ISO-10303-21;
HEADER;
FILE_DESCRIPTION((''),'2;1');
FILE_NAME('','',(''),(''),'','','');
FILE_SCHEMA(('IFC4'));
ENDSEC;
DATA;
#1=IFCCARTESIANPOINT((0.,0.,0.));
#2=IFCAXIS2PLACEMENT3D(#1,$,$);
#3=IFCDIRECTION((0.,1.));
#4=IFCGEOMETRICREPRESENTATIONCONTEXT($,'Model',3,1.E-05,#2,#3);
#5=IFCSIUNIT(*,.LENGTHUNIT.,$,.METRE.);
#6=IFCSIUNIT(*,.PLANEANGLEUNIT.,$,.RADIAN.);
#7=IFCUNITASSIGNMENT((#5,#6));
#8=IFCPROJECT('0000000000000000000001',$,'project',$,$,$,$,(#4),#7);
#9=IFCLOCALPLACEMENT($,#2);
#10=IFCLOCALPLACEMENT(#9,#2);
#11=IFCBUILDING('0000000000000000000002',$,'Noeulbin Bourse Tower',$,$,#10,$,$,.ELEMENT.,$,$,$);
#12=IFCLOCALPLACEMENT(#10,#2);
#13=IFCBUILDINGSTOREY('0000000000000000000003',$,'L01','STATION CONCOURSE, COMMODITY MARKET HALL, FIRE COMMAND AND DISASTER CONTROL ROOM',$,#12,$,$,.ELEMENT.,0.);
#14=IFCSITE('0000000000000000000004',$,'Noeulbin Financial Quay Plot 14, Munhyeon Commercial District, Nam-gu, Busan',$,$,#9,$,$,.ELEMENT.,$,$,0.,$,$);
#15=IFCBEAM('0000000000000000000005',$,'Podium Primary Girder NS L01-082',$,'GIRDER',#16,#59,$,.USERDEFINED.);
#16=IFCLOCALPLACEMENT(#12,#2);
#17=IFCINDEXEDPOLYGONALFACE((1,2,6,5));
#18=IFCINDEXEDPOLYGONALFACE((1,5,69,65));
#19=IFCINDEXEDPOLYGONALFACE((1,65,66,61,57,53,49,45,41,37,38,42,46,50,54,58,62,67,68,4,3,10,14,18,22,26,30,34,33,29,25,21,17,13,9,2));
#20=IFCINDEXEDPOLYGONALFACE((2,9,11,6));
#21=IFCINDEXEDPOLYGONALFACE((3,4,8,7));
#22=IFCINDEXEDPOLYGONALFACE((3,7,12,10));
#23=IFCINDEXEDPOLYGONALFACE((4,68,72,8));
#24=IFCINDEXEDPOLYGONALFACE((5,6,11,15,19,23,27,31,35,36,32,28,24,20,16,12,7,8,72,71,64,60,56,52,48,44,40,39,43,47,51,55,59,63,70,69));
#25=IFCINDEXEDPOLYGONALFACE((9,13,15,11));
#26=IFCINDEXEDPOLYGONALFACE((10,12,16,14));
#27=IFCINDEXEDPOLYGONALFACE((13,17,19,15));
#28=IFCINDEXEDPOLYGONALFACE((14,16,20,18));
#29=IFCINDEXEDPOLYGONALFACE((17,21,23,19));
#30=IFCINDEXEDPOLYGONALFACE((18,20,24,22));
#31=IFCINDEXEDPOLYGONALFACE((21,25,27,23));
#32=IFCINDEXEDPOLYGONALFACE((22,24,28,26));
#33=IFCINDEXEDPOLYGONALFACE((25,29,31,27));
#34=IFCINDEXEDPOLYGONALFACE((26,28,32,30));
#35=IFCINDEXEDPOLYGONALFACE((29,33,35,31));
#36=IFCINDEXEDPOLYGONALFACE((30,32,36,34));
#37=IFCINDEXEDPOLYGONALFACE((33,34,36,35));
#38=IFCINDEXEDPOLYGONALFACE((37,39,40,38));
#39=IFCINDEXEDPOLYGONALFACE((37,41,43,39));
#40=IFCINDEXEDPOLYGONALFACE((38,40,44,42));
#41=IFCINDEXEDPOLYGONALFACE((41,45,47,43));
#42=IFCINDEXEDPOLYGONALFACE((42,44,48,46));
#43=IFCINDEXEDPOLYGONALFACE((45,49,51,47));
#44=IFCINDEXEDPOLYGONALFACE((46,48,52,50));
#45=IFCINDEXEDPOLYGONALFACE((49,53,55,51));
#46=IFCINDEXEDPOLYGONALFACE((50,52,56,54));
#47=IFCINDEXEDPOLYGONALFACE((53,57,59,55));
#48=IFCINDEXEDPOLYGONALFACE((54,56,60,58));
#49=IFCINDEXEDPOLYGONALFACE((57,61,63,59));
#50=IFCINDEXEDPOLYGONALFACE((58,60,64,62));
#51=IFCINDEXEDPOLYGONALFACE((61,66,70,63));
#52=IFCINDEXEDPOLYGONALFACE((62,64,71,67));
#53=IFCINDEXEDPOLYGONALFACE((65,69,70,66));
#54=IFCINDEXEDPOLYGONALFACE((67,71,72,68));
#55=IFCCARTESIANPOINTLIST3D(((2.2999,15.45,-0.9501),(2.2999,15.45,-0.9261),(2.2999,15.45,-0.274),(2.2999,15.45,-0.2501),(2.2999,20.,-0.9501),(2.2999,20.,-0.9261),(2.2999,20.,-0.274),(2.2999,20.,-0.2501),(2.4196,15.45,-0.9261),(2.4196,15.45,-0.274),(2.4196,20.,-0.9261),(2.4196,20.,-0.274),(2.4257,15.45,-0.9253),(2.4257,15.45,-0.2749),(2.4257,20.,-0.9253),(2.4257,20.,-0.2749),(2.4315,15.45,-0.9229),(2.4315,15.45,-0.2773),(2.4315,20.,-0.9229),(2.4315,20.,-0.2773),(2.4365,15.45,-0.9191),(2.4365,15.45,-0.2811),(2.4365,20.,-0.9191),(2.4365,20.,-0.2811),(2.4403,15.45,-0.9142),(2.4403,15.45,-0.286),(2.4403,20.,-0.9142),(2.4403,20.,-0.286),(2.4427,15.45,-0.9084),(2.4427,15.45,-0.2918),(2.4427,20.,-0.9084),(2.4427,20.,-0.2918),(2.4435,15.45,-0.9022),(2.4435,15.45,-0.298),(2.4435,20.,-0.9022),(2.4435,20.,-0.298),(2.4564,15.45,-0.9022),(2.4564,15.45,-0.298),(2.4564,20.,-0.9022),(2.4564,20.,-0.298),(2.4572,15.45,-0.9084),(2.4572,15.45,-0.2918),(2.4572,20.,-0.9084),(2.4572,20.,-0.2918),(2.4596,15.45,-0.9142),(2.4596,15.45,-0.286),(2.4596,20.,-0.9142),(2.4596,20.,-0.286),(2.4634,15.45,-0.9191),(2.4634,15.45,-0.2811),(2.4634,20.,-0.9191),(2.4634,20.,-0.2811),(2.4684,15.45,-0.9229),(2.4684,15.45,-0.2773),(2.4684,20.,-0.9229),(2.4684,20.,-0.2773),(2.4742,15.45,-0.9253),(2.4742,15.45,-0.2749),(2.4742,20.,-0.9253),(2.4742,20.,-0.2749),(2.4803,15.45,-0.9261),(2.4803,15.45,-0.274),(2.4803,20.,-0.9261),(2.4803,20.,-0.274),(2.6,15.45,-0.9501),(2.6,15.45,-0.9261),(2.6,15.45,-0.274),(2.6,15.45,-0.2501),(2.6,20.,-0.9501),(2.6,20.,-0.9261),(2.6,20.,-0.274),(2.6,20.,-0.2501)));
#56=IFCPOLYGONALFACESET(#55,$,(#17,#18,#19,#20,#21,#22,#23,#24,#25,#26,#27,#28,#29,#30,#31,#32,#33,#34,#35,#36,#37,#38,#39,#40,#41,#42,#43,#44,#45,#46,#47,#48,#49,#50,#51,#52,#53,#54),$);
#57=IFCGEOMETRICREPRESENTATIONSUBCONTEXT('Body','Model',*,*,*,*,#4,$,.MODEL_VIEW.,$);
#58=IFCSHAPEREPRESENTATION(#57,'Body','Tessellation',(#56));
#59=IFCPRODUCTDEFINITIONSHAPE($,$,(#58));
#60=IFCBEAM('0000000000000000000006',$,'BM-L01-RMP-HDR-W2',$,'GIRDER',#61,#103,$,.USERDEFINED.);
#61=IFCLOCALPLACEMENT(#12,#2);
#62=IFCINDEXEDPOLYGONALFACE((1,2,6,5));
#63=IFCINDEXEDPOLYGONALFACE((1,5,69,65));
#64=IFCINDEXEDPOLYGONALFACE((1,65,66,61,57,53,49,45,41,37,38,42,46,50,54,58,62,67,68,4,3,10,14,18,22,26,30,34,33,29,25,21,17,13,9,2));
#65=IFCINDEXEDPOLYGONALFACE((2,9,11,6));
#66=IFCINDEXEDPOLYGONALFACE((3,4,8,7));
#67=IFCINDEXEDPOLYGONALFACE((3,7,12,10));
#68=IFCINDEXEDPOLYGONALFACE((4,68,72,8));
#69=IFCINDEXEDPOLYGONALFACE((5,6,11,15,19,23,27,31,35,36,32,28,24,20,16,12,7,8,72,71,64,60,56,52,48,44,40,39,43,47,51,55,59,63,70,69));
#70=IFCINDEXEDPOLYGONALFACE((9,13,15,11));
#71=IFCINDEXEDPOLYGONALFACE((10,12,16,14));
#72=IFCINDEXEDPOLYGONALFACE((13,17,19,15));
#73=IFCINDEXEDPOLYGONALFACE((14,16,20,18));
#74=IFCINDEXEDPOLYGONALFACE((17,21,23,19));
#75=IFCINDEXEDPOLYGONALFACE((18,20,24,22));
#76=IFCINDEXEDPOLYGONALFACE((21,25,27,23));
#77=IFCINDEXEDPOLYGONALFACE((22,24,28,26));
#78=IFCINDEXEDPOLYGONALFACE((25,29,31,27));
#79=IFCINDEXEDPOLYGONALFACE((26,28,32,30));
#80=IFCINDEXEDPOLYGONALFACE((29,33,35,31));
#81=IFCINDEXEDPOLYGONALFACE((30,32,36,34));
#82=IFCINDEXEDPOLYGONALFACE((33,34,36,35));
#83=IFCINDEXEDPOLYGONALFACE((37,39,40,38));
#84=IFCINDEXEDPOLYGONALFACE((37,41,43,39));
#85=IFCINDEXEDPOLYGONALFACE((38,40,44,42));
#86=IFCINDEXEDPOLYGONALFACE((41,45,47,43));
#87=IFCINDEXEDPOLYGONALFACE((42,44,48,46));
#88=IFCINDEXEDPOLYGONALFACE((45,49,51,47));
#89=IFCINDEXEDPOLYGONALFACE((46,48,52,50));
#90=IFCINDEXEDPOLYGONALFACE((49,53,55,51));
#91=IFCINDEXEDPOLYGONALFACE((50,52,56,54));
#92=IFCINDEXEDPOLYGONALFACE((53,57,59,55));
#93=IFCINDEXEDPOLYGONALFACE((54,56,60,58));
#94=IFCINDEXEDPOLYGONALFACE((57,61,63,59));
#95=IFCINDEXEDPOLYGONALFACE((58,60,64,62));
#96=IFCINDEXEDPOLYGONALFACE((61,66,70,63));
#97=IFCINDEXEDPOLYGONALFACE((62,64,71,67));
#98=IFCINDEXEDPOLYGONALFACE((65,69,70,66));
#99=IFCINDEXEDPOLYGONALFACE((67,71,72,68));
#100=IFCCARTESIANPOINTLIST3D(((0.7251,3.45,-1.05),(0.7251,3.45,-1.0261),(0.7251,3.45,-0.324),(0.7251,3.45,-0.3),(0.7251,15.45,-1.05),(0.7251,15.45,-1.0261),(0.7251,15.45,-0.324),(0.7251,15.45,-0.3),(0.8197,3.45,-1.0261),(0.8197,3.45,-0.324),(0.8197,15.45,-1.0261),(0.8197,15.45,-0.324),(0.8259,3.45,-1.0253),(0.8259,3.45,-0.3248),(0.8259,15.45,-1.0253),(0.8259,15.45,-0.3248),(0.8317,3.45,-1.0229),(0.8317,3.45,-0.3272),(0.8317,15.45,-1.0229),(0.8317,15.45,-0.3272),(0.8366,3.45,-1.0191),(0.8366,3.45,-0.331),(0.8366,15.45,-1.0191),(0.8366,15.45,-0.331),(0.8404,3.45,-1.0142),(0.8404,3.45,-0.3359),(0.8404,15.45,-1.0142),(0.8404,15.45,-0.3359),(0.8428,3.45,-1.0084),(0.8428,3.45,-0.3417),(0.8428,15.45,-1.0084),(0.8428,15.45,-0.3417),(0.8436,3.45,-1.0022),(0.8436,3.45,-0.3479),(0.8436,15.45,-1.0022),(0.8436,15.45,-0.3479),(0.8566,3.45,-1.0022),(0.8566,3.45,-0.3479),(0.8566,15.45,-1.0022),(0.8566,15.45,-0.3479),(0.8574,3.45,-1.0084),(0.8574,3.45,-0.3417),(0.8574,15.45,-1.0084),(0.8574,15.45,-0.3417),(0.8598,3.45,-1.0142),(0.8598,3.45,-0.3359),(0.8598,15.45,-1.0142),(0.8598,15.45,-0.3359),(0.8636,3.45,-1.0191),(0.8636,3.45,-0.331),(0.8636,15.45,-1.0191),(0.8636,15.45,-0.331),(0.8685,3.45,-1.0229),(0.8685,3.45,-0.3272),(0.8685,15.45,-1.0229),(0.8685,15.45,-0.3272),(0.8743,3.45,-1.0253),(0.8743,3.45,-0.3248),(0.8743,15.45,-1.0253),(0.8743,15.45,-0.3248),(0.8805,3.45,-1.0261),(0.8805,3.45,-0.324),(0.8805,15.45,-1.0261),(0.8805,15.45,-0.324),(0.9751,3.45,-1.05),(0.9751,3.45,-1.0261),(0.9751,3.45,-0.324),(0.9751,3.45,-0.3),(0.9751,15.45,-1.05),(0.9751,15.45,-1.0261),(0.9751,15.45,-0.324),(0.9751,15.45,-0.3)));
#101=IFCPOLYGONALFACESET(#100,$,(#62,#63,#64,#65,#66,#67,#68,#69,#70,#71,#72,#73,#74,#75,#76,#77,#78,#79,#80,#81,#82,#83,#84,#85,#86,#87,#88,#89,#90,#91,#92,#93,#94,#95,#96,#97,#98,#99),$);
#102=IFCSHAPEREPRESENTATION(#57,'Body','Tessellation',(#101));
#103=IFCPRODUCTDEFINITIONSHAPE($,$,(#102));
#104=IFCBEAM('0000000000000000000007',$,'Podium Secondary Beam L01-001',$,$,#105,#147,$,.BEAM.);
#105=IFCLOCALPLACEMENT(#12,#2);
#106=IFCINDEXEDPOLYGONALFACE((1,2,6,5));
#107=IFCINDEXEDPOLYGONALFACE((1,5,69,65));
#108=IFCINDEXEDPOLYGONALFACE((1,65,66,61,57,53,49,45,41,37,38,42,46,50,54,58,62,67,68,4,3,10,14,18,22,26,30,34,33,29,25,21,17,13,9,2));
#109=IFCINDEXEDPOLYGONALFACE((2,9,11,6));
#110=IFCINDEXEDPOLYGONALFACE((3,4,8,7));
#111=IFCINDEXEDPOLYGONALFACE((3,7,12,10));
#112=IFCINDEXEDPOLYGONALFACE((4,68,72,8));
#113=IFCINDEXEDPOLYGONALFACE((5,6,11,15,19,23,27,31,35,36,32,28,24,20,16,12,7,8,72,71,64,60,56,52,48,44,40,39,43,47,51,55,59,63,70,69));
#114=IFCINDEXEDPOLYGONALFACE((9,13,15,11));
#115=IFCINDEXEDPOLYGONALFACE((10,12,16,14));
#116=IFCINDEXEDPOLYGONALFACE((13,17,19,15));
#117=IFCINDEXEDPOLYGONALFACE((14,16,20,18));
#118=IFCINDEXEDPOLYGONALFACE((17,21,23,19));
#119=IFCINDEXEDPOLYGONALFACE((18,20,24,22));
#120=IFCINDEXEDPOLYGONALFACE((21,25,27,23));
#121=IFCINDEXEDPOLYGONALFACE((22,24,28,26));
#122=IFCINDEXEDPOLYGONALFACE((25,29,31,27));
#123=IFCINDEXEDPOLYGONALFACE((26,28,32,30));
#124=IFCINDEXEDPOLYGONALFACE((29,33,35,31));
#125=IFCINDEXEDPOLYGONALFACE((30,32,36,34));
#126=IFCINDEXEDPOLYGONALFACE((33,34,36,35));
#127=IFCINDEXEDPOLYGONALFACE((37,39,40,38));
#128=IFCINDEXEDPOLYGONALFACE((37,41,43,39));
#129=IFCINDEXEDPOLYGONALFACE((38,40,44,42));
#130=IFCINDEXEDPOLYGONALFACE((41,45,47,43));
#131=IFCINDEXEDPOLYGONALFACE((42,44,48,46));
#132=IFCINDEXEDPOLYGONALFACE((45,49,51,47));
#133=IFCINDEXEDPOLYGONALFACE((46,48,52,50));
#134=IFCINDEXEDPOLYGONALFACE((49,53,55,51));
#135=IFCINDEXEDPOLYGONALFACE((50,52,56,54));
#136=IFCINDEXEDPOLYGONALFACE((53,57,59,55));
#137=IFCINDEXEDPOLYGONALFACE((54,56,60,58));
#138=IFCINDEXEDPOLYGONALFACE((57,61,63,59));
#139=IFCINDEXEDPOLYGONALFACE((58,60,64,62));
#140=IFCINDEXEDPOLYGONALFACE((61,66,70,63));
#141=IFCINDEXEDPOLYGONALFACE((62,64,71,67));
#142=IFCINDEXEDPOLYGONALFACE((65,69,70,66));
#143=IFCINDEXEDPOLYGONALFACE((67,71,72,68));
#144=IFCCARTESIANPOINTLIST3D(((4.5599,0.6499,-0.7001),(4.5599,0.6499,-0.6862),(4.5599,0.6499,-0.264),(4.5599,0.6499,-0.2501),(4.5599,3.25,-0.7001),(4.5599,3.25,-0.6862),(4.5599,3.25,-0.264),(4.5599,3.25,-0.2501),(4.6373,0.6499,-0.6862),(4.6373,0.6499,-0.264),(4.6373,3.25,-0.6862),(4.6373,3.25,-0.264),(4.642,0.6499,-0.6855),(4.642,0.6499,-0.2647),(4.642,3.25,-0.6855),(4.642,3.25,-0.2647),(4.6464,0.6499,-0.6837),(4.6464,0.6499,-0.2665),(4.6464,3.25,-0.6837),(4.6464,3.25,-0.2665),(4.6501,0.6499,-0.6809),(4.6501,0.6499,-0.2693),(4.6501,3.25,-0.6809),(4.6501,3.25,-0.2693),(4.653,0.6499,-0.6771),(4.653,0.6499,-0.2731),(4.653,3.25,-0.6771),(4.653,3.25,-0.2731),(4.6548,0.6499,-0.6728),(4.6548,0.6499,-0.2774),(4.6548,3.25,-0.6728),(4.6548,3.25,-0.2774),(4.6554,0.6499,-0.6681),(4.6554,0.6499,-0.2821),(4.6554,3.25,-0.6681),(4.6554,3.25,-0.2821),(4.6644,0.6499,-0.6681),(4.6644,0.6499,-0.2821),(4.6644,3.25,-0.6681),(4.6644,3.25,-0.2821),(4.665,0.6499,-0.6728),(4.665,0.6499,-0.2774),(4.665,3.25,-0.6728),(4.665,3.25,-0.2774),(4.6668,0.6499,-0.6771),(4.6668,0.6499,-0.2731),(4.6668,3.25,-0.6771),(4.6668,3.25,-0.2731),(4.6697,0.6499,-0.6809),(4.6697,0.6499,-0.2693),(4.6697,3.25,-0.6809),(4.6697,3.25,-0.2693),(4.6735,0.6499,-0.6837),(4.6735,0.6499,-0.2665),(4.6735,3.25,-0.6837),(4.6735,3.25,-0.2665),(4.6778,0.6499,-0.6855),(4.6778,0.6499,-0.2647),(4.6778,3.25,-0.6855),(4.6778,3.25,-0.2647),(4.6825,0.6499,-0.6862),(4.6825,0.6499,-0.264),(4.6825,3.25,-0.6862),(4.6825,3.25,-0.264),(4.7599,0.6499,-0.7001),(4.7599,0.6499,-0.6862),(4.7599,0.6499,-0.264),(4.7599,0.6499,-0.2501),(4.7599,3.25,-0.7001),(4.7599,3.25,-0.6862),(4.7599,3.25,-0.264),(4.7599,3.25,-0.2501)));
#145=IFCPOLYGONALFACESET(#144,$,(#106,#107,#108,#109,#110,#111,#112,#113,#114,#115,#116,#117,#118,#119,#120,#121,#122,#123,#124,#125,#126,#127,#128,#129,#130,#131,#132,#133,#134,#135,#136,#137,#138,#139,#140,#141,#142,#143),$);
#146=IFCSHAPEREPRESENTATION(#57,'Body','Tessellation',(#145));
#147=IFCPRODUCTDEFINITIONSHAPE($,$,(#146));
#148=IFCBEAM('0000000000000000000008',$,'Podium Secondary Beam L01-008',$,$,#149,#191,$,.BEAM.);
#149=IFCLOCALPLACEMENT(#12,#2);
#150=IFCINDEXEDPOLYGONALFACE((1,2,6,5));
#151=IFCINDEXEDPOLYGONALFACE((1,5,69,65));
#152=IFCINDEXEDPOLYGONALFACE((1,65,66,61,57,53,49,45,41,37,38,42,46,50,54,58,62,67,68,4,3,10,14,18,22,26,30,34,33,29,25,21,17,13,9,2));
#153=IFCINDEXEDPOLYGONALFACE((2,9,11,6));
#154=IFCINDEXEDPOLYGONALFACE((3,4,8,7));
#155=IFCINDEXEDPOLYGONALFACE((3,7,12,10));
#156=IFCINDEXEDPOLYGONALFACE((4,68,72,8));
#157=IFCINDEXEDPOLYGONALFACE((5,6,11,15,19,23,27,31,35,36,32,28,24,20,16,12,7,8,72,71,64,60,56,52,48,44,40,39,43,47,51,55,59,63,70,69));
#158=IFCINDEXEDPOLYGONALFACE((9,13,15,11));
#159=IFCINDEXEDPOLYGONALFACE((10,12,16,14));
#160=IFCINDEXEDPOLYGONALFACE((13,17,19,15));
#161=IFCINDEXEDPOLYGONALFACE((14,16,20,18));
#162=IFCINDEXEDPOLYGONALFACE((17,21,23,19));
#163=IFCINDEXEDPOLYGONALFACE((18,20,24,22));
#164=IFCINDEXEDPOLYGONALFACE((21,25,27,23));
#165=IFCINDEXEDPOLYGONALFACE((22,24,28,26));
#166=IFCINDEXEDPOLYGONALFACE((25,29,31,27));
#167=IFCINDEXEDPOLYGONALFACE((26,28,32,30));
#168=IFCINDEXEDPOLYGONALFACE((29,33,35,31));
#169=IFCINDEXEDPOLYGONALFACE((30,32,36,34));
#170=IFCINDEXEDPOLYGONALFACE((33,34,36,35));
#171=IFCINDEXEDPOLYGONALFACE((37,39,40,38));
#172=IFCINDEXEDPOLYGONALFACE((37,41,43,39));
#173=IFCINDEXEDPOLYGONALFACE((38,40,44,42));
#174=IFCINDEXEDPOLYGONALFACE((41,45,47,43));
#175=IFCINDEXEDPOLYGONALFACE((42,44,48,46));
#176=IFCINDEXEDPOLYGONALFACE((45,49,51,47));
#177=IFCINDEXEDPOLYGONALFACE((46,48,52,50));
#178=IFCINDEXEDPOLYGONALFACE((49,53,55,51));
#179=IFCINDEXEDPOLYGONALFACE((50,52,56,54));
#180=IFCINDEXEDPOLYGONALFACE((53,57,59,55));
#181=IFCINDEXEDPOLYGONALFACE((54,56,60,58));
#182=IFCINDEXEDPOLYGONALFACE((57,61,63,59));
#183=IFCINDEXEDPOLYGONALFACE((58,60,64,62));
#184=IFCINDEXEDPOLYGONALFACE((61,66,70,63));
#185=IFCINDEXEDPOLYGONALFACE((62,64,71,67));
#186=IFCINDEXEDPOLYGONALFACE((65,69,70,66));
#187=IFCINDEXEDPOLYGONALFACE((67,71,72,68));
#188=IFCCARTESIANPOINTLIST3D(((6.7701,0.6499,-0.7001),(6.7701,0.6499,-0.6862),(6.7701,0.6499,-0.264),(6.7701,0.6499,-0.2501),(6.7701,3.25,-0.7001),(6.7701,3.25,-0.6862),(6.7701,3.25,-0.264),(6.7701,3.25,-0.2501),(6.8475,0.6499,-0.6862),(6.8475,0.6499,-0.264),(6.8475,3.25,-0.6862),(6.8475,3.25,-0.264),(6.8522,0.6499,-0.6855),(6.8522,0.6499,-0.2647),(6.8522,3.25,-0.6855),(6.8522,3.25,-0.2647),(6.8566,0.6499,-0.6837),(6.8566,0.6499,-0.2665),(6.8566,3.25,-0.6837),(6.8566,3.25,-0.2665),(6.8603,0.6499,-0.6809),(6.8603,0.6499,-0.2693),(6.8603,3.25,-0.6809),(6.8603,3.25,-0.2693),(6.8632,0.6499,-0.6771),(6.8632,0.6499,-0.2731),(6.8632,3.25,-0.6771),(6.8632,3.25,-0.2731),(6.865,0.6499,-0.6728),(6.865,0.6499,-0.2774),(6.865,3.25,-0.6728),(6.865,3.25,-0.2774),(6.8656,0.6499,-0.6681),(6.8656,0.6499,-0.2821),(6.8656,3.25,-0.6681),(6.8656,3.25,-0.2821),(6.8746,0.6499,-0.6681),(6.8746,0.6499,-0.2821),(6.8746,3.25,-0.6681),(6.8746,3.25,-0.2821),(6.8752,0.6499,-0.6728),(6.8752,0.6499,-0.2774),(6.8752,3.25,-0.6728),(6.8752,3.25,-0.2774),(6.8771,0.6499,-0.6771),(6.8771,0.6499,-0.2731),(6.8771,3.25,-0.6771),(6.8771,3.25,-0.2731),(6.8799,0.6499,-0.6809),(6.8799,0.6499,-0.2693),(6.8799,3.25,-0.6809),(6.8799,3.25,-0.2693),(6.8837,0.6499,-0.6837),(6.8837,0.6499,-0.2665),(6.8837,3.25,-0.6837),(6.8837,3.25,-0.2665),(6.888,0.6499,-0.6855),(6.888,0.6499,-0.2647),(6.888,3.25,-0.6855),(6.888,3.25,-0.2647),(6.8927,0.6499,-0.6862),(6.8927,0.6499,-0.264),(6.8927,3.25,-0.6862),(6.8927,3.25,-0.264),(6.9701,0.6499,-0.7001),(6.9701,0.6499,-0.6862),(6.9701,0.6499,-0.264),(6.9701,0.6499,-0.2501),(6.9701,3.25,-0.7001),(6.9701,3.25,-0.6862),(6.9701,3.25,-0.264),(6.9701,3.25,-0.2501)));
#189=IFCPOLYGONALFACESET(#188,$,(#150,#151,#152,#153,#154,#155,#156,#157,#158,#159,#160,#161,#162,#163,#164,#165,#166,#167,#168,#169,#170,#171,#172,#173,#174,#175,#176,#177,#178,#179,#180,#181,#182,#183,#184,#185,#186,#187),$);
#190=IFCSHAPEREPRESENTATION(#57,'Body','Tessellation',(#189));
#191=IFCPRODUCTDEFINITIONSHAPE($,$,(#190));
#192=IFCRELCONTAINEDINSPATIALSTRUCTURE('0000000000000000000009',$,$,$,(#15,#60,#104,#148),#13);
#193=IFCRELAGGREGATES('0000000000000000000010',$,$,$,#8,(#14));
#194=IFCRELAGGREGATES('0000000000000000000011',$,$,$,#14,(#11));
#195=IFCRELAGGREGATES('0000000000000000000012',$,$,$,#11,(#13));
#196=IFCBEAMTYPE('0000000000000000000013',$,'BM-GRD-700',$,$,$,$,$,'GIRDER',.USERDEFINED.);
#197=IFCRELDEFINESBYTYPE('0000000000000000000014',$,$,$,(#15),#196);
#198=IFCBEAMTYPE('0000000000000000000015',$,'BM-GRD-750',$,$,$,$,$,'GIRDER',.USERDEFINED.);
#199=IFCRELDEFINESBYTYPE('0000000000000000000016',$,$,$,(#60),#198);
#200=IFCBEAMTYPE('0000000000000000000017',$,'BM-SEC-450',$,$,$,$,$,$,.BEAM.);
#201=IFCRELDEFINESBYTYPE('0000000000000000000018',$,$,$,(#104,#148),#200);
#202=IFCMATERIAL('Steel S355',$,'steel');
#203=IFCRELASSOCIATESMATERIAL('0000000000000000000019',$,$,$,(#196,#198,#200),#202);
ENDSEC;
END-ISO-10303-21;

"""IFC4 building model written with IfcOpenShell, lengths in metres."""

from ifc_helpers import new_model, si_unit, direction, frame, origin, origin_2d, place, context, subcontext, project, spatial, i_section, extrude, material, material_profile, profile_set, type_object, element, save


model = new_model("IFC4")

# Units and contexts
model_context = context("Model", 3, precision=1e-05, world=origin(), true_north=direction((0.0, 1.0)))
body_context = subcontext(model_context, "Body", "Model", "MODEL_VIEW")
ifc_project = project(units=[si_unit("LENGTHUNIT", "METRE"), si_unit("PLANEANGLEUNIT", "RADIAN")], contexts=[model_context])

# Site, building, storey
site_placement = place(None, origin())
site = spatial("IfcSite", under=ifc_project, at=site_placement, Name="Noeulbin Financial Quay Plot 14, Munhyeon Commercial District, Nam-gu, Busan", CompositionType="ELEMENT", RefElevation=0.0)
building_placement = place(site_placement, origin())
building = spatial("IfcBuilding", under=site, at=building_placement, Name="Noeulbin Bourse Tower", CompositionType="ELEMENT")
storey_placement = place(building_placement, origin())
storey = spatial("IfcBuildingStorey", under=building, at=storey_placement, Name="L01", Description="STATION CONCOURSE, COMMODITY MARKET HALL, FIRE COMMAND AND DISASTER CONTROL ROOM", CompositionType="ELEMENT", Elevation=0.0)

# Beams
ifc_material_1 = material(Name="Steel S355", Category="steel")
ifc_material_profile_1 = material_profile(ifc_material_1, i_section(OverallWidth=0.3, OverallDepth=0.7, WebThickness=0.0129, FlangeThickness=0.0239, FilletRadius=0.0239, at=origin_2d()), Name="H-700x300x13x24", Category="LoadBearing")
ifc_profile_set_1 = profile_set([ifc_material_profile_1], Name="Steel S355")
beam_type_1 = type_object("IfcBeamType", Name="BM-GRD-700", ElementType="GIRDER", PredefinedType="USERDEFINED", material=ifc_profile_set_1)
for number, where, z_axis, x_axis, name in (
    (1, (2.45, 15.45, -0.6001), (0.0, 1.0, 0.0), (-1.0, 0.0, 0.0), "Podium Primary Girder NS L01-082"),
):
    element("IfcBeam", number, at=place(storey_placement, frame(where, z_axis=z_axis, x_axis=x_axis)), inside=storey, type_object=beam_type_1, Name=name, ObjectType="GIRDER", PredefinedType="USERDEFINED", context=body_context, shape_type="SweptSolid", body=[
        extrude(i_section(OverallWidth=0.3, OverallDepth=0.7, WebThickness=0.0129, FlangeThickness=0.0239, FilletRadius=0.0239, at=origin_2d()), origin(), (0.0, 0.0, 1.0), 4.55),
    ])
ifc_material_profile_2 = material_profile(ifc_material_1, i_section(OverallWidth=0.25, OverallDepth=0.75, WebThickness=0.0129, FlangeThickness=0.0239, FilletRadius=0.0239, at=origin_2d()), Name="H-750x250x13x24", Category="LoadBearing")
ifc_profile_set_2 = profile_set([ifc_material_profile_2], Name="Steel S355")
beam_type_2 = type_object("IfcBeamType", Name="BM-GRD-750", ElementType="GIRDER", PredefinedType="USERDEFINED", material=ifc_profile_set_2)
beam_1_placement = place(storey_placement, frame((0.8501, 3.45, -0.675), z_axis=(0.0, 1.0, 0.0), x_axis=(-1.0, 0.0, 0.0)))
element("IfcBeam", 2, at=beam_1_placement, inside=storey, type_object=beam_type_2, Name="BM-L01-RMP-HDR-W2", ObjectType="GIRDER", PredefinedType="USERDEFINED", context=body_context, shape_type="SweptSolid", body=[
    extrude(i_section(OverallWidth=0.25, OverallDepth=0.75, WebThickness=0.0129, FlangeThickness=0.0239, FilletRadius=0.0239, at=origin_2d()), origin(), (0.0, 0.0, 1.0), 12.0),
])
ifc_material_profile_3 = material_profile(ifc_material_1, i_section(OverallWidth=0.2, OverallDepth=0.45, WebThickness=0.009, FlangeThickness=0.0139, FilletRadius=0.0181, at=origin_2d()), Name="H-450x200x9x14", Category="LoadBearing")
ifc_profile_set_3 = profile_set([ifc_material_profile_3], Name="Steel S355")
beam_type_3 = type_object("IfcBeamType", Name="BM-SEC-450", PredefinedType="BEAM", material=ifc_profile_set_3)
for number, where, z_axis, x_axis, name in (
    (3, (4.6599, 0.6499, -0.4751), (0.0, 1.0, 0.0), (-1.0, 0.0, 0.0), "Podium Secondary Beam L01-001"),
    (4, (6.8701, 0.6499, -0.4751), (0.0, 1.0, 0.0), (-1.0, 0.0, 0.0), "Podium Secondary Beam L01-008"),
):
    element("IfcBeam", number, at=place(storey_placement, frame(where, z_axis=z_axis, x_axis=x_axis)), inside=storey, type_object=beam_type_3, Name=name, PredefinedType="BEAM", context=body_context, shape_type="SweptSolid", body=[
        extrude(i_section(OverallWidth=0.2, OverallDepth=0.45, WebThickness=0.009, FlangeThickness=0.0139, FilletRadius=0.0181, at=origin_2d()), origin(), (0.0, 0.0, 1.0), 2.6001),
    ])

save(model, "model.ifc")
